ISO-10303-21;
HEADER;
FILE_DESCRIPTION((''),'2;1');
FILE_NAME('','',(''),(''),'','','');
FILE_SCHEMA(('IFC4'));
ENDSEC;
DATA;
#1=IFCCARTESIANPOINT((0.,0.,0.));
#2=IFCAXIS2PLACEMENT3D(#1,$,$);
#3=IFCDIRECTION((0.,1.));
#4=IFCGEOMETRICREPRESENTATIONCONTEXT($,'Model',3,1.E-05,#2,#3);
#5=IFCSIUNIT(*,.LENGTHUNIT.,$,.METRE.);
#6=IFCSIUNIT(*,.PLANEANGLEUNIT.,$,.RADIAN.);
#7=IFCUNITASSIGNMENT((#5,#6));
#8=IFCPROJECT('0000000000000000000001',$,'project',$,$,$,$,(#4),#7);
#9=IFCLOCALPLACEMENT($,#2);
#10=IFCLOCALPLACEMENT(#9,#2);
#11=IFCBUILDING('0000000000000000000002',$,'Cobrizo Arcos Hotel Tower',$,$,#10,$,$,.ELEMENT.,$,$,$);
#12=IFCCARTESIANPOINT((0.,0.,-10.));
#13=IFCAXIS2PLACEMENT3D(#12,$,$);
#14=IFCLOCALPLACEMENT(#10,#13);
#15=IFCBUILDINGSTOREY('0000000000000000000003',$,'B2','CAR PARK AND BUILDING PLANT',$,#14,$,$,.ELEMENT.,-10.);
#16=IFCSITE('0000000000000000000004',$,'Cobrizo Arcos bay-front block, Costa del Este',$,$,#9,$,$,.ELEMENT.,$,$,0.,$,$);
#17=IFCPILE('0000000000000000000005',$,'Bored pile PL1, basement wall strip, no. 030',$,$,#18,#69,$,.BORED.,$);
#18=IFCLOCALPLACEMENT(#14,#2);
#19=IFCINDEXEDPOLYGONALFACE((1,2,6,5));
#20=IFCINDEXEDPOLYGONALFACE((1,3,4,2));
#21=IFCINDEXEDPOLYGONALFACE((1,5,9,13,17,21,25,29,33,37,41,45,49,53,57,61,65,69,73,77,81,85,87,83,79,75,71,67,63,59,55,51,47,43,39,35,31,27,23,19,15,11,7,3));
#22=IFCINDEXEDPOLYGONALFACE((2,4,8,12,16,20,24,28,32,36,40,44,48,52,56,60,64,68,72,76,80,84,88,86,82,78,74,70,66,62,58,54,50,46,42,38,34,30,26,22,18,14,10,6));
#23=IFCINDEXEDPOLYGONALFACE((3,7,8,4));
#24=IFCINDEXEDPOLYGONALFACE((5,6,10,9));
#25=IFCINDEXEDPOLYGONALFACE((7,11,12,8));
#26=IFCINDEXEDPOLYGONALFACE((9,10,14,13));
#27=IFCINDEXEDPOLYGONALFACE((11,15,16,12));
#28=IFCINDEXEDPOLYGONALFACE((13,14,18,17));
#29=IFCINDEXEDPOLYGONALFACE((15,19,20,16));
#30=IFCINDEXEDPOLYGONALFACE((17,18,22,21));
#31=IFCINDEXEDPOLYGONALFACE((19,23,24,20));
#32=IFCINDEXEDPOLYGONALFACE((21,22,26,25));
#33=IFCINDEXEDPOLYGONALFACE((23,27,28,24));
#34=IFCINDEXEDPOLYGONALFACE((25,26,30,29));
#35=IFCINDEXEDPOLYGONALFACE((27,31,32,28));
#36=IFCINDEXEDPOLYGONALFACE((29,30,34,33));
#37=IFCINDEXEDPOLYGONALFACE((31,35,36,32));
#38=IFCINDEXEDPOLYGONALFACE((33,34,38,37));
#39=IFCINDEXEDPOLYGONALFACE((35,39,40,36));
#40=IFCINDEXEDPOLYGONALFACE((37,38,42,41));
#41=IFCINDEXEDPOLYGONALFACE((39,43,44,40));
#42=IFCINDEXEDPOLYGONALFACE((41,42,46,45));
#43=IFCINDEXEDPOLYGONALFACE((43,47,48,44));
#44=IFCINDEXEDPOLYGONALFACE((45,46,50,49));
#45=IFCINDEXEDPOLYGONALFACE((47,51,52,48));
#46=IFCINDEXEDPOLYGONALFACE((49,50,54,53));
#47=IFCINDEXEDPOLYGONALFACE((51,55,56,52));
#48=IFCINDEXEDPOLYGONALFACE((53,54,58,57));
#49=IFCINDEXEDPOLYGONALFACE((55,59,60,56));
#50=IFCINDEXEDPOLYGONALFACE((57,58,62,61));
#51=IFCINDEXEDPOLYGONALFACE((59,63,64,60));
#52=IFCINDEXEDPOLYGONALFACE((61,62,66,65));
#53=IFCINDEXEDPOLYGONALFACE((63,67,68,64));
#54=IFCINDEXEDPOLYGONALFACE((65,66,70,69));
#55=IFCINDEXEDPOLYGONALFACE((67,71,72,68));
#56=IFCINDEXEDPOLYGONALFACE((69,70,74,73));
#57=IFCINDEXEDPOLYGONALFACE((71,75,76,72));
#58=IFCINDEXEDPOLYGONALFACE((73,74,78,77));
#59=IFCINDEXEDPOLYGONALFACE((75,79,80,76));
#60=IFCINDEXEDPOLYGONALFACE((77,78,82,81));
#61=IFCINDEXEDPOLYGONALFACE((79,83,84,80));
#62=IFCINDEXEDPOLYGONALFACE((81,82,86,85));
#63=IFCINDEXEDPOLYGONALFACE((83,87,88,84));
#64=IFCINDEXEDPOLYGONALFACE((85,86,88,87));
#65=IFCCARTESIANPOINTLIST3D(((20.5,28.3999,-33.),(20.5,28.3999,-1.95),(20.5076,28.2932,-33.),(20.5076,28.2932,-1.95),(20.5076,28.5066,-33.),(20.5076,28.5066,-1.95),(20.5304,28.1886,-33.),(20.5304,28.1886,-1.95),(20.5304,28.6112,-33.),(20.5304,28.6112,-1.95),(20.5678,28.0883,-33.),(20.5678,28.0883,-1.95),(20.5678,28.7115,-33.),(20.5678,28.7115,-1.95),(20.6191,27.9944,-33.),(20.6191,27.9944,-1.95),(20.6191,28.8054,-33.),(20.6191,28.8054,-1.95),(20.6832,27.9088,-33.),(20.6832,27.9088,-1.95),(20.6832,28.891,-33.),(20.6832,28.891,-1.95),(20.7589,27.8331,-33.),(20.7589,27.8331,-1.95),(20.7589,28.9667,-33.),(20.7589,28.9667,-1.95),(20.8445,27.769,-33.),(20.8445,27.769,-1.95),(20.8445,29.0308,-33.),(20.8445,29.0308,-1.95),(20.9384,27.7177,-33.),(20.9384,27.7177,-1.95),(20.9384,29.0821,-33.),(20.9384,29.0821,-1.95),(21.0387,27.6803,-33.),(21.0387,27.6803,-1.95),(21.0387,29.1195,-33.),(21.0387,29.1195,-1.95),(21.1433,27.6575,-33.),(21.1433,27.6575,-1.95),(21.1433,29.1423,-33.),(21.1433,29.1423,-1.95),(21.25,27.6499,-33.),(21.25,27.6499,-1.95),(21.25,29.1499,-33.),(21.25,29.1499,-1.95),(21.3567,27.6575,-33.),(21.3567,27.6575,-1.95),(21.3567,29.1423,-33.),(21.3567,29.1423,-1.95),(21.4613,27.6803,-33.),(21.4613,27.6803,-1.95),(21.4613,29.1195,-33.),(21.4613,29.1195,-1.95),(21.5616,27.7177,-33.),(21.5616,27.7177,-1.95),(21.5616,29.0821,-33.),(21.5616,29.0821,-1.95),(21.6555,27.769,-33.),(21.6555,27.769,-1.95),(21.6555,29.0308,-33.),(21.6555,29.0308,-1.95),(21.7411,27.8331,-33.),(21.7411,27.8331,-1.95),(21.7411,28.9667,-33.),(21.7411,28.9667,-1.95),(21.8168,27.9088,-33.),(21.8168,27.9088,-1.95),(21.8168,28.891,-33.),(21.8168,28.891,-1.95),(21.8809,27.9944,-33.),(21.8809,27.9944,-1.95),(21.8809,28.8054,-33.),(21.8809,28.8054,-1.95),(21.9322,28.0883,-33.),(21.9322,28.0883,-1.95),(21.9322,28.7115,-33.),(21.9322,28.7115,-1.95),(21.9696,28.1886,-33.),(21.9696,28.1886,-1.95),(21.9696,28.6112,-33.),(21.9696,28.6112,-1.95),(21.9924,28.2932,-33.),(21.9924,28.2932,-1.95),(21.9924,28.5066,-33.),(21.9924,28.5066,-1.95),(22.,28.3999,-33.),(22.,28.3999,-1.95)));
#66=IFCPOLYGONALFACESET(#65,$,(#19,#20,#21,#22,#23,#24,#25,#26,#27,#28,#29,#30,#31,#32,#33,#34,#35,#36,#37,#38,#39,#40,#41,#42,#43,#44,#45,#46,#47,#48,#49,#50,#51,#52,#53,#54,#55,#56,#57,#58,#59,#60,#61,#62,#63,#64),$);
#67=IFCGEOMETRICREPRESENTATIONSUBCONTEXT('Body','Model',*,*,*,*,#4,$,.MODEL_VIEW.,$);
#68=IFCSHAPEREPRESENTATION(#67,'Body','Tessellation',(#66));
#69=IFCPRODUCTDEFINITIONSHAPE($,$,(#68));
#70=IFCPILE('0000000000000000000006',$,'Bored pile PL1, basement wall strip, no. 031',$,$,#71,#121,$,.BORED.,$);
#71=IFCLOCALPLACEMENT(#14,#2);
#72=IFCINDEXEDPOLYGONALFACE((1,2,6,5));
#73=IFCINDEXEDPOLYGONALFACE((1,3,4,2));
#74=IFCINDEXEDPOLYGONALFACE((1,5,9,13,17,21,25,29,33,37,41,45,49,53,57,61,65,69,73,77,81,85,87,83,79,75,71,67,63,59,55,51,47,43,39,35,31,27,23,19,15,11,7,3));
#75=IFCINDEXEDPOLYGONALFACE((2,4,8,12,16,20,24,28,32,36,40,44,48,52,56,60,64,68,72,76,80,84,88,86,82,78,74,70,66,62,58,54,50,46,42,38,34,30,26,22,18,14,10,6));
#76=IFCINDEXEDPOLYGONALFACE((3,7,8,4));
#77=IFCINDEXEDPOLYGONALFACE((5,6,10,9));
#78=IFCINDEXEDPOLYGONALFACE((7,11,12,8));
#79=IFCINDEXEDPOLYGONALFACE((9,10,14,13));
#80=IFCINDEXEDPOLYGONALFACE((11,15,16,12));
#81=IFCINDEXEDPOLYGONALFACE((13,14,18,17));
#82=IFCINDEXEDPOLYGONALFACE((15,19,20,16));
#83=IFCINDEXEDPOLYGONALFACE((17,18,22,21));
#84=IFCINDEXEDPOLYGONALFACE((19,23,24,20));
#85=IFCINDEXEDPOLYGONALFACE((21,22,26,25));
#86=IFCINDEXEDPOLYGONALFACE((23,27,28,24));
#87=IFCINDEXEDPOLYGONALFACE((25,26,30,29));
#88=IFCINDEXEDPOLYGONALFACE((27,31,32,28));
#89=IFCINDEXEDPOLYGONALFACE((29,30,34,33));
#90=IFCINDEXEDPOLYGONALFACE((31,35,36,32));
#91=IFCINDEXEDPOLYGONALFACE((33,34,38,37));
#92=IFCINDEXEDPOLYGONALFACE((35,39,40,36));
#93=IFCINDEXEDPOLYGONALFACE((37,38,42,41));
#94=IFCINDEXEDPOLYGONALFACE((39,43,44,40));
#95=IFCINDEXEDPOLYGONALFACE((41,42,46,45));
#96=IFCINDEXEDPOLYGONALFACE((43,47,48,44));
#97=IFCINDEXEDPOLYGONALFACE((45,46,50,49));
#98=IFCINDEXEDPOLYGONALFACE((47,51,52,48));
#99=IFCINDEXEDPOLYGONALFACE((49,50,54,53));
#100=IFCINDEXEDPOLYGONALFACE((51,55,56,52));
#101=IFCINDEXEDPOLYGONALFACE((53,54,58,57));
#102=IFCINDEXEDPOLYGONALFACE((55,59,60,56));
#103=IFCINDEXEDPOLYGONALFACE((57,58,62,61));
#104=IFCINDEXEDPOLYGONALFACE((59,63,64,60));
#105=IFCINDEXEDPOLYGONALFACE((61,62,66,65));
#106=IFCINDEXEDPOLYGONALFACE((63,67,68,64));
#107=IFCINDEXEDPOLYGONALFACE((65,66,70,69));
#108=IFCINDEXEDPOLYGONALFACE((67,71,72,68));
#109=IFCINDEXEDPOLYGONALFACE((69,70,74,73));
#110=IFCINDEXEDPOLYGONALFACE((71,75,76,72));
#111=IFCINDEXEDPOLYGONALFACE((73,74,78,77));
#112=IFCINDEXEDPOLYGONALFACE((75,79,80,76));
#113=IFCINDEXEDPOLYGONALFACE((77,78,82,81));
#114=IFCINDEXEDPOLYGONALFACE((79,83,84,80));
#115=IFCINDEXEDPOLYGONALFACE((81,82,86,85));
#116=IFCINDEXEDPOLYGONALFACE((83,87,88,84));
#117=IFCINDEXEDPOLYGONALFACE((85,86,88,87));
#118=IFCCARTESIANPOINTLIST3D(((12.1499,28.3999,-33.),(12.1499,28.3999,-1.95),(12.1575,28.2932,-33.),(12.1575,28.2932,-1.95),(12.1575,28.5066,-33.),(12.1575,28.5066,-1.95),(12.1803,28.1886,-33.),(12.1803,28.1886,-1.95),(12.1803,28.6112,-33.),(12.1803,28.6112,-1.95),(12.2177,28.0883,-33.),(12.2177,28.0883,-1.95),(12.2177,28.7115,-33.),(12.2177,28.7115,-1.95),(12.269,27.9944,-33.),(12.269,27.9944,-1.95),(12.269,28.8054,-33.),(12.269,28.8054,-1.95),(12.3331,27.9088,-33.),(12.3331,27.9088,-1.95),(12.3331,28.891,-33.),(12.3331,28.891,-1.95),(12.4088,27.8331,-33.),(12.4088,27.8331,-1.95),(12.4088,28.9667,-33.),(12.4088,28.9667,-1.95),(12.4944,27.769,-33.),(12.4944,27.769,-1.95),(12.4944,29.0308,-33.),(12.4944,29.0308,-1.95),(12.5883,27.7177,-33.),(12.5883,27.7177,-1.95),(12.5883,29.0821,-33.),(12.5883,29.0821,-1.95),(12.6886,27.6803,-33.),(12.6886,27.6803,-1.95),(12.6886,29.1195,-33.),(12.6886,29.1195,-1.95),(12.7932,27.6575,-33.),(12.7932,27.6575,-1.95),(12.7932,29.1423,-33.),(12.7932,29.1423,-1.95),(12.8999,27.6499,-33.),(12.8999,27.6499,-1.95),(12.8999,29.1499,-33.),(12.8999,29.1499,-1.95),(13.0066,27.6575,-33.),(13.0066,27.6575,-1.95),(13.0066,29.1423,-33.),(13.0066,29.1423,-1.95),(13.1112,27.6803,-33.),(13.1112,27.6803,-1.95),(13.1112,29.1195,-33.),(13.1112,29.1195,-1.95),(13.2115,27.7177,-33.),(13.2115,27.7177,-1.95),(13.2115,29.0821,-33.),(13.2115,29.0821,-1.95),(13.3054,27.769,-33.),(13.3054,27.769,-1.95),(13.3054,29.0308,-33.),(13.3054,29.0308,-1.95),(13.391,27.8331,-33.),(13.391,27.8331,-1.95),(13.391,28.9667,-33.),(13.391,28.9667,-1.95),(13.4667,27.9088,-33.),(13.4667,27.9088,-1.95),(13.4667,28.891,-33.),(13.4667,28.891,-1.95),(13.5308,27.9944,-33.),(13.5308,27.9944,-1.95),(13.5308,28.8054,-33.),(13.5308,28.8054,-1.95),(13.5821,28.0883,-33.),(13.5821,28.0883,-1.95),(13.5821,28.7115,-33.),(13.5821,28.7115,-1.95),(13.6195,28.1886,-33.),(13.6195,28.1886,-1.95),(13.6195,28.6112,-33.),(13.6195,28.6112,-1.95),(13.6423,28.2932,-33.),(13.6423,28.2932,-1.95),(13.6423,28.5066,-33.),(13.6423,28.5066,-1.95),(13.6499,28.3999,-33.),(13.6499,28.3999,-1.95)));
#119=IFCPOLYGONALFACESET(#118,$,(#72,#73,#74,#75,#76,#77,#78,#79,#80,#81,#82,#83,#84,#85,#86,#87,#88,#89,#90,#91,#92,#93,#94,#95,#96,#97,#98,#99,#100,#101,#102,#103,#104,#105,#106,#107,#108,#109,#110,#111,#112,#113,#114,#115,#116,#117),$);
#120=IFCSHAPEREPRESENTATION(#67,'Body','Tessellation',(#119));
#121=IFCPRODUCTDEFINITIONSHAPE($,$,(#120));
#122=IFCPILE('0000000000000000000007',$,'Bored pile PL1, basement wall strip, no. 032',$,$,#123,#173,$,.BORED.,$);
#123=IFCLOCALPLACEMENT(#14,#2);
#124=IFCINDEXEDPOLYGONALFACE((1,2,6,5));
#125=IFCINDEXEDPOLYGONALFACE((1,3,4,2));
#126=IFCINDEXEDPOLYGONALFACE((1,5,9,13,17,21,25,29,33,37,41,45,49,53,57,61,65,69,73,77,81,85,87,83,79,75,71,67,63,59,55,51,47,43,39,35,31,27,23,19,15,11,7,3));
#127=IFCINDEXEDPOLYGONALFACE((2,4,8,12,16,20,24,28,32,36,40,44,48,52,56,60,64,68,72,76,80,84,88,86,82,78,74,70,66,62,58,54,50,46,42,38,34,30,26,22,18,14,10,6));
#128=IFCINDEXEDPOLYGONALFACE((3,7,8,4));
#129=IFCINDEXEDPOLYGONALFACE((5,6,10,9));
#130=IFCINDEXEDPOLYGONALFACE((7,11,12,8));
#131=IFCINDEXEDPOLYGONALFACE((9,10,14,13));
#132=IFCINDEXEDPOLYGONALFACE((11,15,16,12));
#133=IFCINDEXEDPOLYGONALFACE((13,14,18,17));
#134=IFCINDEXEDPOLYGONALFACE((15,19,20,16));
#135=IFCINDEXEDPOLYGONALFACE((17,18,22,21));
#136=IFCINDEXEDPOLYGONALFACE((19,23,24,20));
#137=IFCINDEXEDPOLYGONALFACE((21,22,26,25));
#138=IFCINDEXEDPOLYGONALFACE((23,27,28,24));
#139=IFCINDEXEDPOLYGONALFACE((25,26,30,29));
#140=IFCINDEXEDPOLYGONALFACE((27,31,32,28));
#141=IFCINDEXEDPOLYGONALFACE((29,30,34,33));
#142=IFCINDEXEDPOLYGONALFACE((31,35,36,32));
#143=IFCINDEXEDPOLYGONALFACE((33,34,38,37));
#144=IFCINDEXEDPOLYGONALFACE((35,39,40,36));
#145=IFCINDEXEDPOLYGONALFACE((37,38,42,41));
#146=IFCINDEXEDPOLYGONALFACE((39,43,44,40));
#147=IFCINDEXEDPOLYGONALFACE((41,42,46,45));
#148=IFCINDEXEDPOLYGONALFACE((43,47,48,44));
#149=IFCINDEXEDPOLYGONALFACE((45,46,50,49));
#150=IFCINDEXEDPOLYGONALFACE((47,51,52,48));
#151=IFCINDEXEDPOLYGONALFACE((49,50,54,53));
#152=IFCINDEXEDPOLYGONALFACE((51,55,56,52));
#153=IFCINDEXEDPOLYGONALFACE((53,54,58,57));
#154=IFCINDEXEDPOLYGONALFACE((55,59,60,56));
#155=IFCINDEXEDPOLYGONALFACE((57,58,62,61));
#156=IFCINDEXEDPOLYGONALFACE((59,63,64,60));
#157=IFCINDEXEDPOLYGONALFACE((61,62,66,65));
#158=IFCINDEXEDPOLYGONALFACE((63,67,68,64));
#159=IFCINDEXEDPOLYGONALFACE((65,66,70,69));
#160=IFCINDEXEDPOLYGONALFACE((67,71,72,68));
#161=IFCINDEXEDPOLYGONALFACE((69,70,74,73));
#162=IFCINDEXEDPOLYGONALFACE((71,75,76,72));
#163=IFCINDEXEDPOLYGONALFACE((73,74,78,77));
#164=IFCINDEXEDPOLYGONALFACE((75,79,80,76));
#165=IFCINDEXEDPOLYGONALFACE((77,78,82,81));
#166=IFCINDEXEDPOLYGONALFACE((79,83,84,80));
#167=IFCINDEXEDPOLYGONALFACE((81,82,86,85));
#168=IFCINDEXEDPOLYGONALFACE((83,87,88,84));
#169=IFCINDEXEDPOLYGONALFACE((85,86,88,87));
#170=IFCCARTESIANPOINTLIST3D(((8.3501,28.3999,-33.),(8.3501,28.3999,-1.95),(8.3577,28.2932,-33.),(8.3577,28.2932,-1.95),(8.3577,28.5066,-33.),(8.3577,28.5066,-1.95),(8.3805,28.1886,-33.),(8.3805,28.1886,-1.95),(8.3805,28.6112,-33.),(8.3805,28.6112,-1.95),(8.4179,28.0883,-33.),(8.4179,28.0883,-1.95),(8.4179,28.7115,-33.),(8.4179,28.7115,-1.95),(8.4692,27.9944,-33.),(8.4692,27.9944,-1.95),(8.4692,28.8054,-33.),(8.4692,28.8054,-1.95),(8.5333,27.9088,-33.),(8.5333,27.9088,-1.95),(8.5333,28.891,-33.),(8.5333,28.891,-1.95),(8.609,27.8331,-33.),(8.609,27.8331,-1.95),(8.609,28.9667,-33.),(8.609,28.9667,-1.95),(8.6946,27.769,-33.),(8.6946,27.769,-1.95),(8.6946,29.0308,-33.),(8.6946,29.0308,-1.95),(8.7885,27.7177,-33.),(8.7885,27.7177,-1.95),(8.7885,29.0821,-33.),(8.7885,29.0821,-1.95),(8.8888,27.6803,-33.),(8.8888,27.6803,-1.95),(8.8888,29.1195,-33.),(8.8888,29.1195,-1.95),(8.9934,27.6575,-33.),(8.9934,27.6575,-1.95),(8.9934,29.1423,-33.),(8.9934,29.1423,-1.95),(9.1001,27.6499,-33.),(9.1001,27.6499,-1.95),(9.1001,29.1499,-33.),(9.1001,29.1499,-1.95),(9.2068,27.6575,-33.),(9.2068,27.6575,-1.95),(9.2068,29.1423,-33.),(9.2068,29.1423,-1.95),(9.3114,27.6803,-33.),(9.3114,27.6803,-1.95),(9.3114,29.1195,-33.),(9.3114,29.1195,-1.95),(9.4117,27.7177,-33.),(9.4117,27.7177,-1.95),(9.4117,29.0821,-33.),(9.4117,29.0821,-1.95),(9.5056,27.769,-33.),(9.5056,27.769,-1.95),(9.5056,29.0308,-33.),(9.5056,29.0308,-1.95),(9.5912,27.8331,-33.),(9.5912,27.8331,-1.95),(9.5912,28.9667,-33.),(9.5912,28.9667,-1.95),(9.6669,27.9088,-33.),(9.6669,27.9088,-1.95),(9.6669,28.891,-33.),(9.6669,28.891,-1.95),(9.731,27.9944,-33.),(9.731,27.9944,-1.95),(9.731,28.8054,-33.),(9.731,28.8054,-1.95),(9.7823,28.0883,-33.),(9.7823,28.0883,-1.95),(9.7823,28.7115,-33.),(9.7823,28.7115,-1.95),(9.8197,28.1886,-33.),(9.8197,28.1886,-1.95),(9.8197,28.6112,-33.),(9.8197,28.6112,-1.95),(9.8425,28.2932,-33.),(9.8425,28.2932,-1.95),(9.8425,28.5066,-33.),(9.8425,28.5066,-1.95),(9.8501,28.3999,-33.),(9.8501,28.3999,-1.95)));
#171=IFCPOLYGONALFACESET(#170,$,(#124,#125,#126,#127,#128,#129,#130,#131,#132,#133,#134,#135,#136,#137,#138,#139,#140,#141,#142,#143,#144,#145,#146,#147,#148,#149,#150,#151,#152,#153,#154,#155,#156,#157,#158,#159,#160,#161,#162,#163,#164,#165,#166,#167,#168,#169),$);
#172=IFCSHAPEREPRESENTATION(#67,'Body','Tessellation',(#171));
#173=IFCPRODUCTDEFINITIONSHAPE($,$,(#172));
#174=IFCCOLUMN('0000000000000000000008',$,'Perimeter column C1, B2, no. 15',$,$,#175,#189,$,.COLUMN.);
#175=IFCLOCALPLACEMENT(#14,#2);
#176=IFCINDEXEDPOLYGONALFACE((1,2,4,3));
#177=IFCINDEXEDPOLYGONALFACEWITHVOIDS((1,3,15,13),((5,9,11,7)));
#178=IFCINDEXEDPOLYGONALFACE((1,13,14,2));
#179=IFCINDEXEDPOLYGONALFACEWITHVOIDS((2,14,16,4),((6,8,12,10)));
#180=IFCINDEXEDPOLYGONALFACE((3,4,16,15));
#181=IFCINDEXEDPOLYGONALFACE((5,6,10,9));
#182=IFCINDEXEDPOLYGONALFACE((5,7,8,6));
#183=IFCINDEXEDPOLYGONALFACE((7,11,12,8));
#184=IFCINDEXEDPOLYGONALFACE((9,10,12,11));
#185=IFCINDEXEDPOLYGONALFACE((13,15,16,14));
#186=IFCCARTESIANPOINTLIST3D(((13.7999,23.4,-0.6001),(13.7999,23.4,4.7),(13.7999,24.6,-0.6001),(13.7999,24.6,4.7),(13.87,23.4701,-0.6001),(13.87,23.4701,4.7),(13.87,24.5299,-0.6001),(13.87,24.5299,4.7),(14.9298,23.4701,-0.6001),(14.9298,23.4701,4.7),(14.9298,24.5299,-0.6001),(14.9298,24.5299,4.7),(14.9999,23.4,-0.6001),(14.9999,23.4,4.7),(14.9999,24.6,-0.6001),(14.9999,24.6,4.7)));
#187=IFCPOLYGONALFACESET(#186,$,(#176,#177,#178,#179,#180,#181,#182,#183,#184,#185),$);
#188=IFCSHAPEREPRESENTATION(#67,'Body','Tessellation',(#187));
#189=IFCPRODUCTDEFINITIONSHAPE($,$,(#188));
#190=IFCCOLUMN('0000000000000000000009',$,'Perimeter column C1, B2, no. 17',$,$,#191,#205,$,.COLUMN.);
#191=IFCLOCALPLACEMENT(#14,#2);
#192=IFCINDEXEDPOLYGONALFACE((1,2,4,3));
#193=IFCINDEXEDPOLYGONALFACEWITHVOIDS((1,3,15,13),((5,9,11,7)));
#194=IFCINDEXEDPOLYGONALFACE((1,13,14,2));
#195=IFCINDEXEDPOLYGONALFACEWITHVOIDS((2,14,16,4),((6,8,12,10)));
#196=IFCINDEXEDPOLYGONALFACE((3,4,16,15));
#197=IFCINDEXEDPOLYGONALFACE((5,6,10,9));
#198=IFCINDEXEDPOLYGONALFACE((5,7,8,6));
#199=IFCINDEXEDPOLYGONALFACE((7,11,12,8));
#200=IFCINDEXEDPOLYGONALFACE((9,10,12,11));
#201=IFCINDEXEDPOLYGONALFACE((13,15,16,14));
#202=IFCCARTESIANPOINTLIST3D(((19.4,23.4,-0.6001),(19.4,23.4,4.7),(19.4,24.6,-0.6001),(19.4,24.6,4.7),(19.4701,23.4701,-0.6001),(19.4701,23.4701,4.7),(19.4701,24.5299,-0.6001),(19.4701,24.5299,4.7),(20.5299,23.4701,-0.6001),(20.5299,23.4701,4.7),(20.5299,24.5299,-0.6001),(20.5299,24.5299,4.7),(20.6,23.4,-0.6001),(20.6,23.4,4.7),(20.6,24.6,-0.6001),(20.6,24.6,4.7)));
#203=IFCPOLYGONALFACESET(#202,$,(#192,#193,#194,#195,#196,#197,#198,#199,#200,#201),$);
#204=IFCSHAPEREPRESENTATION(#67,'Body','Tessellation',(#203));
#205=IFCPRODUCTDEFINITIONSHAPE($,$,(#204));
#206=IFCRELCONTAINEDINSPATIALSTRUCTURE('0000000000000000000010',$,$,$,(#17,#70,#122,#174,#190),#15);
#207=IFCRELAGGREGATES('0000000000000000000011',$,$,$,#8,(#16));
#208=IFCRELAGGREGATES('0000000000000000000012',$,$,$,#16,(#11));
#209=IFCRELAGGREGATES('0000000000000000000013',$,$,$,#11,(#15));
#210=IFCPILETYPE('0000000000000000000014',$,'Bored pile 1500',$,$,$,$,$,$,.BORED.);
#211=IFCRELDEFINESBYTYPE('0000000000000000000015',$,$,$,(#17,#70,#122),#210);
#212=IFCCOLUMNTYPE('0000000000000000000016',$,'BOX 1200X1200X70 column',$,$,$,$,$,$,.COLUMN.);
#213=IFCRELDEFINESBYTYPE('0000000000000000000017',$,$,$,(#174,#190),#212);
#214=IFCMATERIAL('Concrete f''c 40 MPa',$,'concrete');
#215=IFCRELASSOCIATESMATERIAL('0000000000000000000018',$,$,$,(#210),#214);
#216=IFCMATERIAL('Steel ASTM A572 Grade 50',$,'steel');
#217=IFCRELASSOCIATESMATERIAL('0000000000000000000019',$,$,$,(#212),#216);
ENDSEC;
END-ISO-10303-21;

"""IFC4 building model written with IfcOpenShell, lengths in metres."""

from ifc_helpers import new_model, si_unit, direction, frame, origin, origin_2d, place, context, subcontext, project, spatial, hollow_rectangle, circle, extrude, material, material_profile, profile_set, type_object, element, save


model = new_model("IFC4")

# Units and contexts
model_context = context("Model", 3, precision=1e-05, world=origin(), true_north=direction((0.0, 1.0)))
body_context = subcontext(model_context, "Body", "Model", "MODEL_VIEW")
ifc_project = project(units=[si_unit("LENGTHUNIT", "METRE"), si_unit("PLANEANGLEUNIT", "RADIAN")], contexts=[model_context])

# Site, building, storey
site_placement = place(None, origin())
site = spatial("IfcSite", under=ifc_project, at=site_placement, Name="Cobrizo Arcos bay-front block, Costa del Este", CompositionType="ELEMENT", RefElevation=0.0)
building_placement = place(site_placement, origin())
building = spatial("IfcBuilding", under=site, at=building_placement, Name="Cobrizo Arcos Hotel Tower", CompositionType="ELEMENT")
storey_placement = place(building_placement, frame((0.0, 0.0, -10.0)))
storey = spatial("IfcBuildingStorey", under=building, at=storey_placement, Name="B2", Description="CAR PARK AND BUILDING PLANT", CompositionType="ELEMENT", Elevation=-10.0)

# Piles
ifc_material_1 = material(Name="Concrete f'c 40 MPa", Category="concrete")
ifc_material_profile_1 = material_profile(ifc_material_1, circle(Radius=0.75, at=origin_2d()), Name="BORED PILE 1500")
ifc_profile_set_1 = profile_set([ifc_material_profile_1], Name="Concrete f'c 40 MPa")
pile_type = type_object("IfcPileType", Name="Bored pile 1500", PredefinedType="BORED", material=ifc_profile_set_1)
for number, where, z_axis, x_axis, name in (
    (1, (21.25, 28.3999, -1.95), (0.0, 0.0, -1.0), (1.0, 0.0, 0.0), "Bored pile PL1, basement wall strip, no. 030"),
    (2, (12.8999, 28.3999, -1.95), (0.0, 0.0, -1.0), (1.0, 0.0, 0.0), "Bored pile PL1, basement wall strip, no. 031"),
    (3, (9.1001, 28.3999, -1.95), (0.0, 0.0, -1.0), (1.0, 0.0, 0.0), "Bored pile PL1, basement wall strip, no. 032"),
):
    element("IfcPile", number, at=place(storey_placement, frame(where, z_axis=z_axis, x_axis=x_axis)), inside=storey, type_object=pile_type, Name=name, PredefinedType="BORED", context=body_context, shape_type="SweptSolid", body=[
        extrude(circle(Radius=0.75, at=origin_2d()), origin(), (0.0, 0.0, 1.0), 31.05),
    ])

# Columns
ifc_material_2 = material(Name="Steel ASTM A572 Grade 50", Category="steel")
ifc_material_profile_2 = material_profile(ifc_material_2, hollow_rectangle(XDim=1.2, YDim=1.2, WallThickness=0.0701, at=origin_2d()), Name="BOX 1200X1200X70")
ifc_profile_set_2 = profile_set([ifc_material_profile_2], Name="Steel ASTM A572 Grade 50")
column_type_1 = type_object("IfcColumnType", Name="BOX 1200X1200X70 column", PredefinedType="COLUMN", material=ifc_profile_set_2)
for number, where, z_axis, x_axis, name in (
    (4, (14.3999, 24.0, -0.6001), (0.0, 0.0, 1.0), (1.0, 0.0, 0.0), "Perimeter column C1, B2, no. 15"),
    (5, (20.0, 24.0, -0.6001), (0.0, 0.0, 1.0), (1.0, 0.0, 0.0), "Perimeter column C1, B2, no. 17"),
):
    element("IfcColumn", number, at=place(storey_placement, frame(where, z_axis=z_axis, x_axis=x_axis)), inside=storey, type_object=column_type_1, Name=name, PredefinedType="COLUMN", context=body_context, shape_type="SweptSolid", body=[
        extrude(hollow_rectangle(XDim=1.2, YDim=1.2, WallThickness=0.0701, at=origin_2d()), origin(), (0.0, 0.0, 1.0), 5.3),
    ])

save(model, "model.ifc")
